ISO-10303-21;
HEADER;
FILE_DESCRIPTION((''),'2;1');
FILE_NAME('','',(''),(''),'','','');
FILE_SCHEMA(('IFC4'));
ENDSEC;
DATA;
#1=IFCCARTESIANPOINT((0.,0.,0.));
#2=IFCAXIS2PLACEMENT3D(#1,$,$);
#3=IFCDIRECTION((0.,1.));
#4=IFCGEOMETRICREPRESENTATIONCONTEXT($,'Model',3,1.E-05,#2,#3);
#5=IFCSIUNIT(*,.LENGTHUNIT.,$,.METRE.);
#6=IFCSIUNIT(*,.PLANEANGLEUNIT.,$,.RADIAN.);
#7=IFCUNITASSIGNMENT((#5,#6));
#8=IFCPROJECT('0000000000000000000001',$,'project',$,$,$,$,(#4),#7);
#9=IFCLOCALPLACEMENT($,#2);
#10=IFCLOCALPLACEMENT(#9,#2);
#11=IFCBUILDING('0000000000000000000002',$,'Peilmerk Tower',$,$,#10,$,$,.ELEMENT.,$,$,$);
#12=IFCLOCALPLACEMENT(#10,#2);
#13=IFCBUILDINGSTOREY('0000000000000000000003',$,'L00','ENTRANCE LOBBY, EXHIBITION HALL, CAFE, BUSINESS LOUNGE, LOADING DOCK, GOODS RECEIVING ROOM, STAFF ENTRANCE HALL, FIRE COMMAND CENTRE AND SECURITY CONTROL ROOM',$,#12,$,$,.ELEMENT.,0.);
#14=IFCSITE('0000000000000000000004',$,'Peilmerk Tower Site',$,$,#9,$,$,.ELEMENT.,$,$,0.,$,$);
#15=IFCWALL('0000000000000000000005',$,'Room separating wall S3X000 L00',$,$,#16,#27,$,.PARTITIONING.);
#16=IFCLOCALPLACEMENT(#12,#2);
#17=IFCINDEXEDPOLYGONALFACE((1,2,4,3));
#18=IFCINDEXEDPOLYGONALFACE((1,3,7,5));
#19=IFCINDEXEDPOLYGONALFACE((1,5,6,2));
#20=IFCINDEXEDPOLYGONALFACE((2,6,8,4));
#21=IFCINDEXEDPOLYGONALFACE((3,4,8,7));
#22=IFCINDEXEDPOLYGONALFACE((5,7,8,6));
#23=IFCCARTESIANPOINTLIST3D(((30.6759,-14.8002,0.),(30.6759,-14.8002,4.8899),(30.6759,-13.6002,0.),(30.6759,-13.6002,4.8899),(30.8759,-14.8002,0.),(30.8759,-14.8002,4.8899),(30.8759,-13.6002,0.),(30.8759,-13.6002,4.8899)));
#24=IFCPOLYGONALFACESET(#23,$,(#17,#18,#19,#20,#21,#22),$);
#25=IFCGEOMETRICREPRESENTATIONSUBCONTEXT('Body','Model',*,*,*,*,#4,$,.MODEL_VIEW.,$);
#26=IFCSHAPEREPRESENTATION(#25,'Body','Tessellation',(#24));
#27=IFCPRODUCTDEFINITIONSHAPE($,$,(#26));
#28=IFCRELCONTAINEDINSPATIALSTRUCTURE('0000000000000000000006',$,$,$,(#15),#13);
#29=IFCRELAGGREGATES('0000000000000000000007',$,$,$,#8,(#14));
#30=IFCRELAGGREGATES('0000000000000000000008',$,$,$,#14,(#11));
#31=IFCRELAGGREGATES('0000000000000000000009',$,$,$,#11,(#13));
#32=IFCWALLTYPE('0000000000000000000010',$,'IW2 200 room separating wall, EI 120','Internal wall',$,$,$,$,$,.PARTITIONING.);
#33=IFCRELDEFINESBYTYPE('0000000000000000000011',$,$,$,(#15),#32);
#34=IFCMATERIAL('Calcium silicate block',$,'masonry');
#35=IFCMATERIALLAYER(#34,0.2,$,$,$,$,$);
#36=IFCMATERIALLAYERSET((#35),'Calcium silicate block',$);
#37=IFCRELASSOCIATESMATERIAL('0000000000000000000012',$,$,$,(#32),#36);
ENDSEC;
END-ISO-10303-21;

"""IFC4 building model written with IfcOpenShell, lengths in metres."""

from ifc_helpers import new_model, si_unit, direction, frame, frame_2d, origin, place, context, subcontext, project, spatial, rectangle, extrude, material, layer, layer_set, type_object, element, save


model = new_model("IFC4")

# Units and contexts
model_context = context("Model", 3, precision=1e-05, world=origin(), true_north=direction((0.0, 1.0)))
body_context = subcontext(model_context, "Body", "Model", "MODEL_VIEW")
ifc_project = project(units=[si_unit("LENGTHUNIT", "METRE"), si_unit("PLANEANGLEUNIT", "RADIAN")], contexts=[model_context])

# Site, building, storey
site_placement = place(None, origin())
site = spatial("IfcSite", under=ifc_project, at=site_placement, Name="Peilmerk Tower Site", CompositionType="ELEMENT", RefElevation=0.0)
building_placement = place(site_placement, origin())
building = spatial("IfcBuilding", under=site, at=building_placement, Name="Peilmerk Tower", CompositionType="ELEMENT")
storey_placement = place(building_placement, origin())
storey = spatial("IfcBuildingStorey", under=building, at=storey_placement, Name="L00", Description="ENTRANCE LOBBY, EXHIBITION HALL, CAFE, BUSINESS LOUNGE, LOADING DOCK, GOODS RECEIVING ROOM, STAFF ENTRANCE HALL, FIRE COMMAND CENTRE AND SECURITY CONTROL ROOM", CompositionType="ELEMENT", Elevation=0.0)

# Shared definitions
ifc_material_1 = material(Name="Calcium silicate block", Category="masonry")

# Wall
ifc_layer_1 = layer(ifc_material_1, 0.2)
ifc_layer_set_1 = layer_set([ifc_layer_1], Name="Calcium silicate block")
wall_type_1 = type_object("IfcWallType", Name="IW2 200 room separating wall, EI 120", Description="Internal wall", PredefinedType="PARTITIONING", material=ifc_layer_set_1)
wall_1_placement = place(storey_placement, frame((30.7759, -13.6001, 0.0), z_axis=(0.0, 0.0, 1.0), x_axis=(0.0, -1.0, 0.0)))
element("IfcWall", 1, at=wall_1_placement, inside=storey, type_object=wall_type_1, Name="Room separating wall S3X000 L00", PredefinedType="PARTITIONING", context=body_context, shape_type="SweptSolid", body=[
    extrude(rectangle(XDim=1.2, YDim=0.2, at=frame_2d((0.6001, 0.0))), origin(), (0.0, 0.0, 1.0), 4.8899),
])

save(model, "model.ifc")
